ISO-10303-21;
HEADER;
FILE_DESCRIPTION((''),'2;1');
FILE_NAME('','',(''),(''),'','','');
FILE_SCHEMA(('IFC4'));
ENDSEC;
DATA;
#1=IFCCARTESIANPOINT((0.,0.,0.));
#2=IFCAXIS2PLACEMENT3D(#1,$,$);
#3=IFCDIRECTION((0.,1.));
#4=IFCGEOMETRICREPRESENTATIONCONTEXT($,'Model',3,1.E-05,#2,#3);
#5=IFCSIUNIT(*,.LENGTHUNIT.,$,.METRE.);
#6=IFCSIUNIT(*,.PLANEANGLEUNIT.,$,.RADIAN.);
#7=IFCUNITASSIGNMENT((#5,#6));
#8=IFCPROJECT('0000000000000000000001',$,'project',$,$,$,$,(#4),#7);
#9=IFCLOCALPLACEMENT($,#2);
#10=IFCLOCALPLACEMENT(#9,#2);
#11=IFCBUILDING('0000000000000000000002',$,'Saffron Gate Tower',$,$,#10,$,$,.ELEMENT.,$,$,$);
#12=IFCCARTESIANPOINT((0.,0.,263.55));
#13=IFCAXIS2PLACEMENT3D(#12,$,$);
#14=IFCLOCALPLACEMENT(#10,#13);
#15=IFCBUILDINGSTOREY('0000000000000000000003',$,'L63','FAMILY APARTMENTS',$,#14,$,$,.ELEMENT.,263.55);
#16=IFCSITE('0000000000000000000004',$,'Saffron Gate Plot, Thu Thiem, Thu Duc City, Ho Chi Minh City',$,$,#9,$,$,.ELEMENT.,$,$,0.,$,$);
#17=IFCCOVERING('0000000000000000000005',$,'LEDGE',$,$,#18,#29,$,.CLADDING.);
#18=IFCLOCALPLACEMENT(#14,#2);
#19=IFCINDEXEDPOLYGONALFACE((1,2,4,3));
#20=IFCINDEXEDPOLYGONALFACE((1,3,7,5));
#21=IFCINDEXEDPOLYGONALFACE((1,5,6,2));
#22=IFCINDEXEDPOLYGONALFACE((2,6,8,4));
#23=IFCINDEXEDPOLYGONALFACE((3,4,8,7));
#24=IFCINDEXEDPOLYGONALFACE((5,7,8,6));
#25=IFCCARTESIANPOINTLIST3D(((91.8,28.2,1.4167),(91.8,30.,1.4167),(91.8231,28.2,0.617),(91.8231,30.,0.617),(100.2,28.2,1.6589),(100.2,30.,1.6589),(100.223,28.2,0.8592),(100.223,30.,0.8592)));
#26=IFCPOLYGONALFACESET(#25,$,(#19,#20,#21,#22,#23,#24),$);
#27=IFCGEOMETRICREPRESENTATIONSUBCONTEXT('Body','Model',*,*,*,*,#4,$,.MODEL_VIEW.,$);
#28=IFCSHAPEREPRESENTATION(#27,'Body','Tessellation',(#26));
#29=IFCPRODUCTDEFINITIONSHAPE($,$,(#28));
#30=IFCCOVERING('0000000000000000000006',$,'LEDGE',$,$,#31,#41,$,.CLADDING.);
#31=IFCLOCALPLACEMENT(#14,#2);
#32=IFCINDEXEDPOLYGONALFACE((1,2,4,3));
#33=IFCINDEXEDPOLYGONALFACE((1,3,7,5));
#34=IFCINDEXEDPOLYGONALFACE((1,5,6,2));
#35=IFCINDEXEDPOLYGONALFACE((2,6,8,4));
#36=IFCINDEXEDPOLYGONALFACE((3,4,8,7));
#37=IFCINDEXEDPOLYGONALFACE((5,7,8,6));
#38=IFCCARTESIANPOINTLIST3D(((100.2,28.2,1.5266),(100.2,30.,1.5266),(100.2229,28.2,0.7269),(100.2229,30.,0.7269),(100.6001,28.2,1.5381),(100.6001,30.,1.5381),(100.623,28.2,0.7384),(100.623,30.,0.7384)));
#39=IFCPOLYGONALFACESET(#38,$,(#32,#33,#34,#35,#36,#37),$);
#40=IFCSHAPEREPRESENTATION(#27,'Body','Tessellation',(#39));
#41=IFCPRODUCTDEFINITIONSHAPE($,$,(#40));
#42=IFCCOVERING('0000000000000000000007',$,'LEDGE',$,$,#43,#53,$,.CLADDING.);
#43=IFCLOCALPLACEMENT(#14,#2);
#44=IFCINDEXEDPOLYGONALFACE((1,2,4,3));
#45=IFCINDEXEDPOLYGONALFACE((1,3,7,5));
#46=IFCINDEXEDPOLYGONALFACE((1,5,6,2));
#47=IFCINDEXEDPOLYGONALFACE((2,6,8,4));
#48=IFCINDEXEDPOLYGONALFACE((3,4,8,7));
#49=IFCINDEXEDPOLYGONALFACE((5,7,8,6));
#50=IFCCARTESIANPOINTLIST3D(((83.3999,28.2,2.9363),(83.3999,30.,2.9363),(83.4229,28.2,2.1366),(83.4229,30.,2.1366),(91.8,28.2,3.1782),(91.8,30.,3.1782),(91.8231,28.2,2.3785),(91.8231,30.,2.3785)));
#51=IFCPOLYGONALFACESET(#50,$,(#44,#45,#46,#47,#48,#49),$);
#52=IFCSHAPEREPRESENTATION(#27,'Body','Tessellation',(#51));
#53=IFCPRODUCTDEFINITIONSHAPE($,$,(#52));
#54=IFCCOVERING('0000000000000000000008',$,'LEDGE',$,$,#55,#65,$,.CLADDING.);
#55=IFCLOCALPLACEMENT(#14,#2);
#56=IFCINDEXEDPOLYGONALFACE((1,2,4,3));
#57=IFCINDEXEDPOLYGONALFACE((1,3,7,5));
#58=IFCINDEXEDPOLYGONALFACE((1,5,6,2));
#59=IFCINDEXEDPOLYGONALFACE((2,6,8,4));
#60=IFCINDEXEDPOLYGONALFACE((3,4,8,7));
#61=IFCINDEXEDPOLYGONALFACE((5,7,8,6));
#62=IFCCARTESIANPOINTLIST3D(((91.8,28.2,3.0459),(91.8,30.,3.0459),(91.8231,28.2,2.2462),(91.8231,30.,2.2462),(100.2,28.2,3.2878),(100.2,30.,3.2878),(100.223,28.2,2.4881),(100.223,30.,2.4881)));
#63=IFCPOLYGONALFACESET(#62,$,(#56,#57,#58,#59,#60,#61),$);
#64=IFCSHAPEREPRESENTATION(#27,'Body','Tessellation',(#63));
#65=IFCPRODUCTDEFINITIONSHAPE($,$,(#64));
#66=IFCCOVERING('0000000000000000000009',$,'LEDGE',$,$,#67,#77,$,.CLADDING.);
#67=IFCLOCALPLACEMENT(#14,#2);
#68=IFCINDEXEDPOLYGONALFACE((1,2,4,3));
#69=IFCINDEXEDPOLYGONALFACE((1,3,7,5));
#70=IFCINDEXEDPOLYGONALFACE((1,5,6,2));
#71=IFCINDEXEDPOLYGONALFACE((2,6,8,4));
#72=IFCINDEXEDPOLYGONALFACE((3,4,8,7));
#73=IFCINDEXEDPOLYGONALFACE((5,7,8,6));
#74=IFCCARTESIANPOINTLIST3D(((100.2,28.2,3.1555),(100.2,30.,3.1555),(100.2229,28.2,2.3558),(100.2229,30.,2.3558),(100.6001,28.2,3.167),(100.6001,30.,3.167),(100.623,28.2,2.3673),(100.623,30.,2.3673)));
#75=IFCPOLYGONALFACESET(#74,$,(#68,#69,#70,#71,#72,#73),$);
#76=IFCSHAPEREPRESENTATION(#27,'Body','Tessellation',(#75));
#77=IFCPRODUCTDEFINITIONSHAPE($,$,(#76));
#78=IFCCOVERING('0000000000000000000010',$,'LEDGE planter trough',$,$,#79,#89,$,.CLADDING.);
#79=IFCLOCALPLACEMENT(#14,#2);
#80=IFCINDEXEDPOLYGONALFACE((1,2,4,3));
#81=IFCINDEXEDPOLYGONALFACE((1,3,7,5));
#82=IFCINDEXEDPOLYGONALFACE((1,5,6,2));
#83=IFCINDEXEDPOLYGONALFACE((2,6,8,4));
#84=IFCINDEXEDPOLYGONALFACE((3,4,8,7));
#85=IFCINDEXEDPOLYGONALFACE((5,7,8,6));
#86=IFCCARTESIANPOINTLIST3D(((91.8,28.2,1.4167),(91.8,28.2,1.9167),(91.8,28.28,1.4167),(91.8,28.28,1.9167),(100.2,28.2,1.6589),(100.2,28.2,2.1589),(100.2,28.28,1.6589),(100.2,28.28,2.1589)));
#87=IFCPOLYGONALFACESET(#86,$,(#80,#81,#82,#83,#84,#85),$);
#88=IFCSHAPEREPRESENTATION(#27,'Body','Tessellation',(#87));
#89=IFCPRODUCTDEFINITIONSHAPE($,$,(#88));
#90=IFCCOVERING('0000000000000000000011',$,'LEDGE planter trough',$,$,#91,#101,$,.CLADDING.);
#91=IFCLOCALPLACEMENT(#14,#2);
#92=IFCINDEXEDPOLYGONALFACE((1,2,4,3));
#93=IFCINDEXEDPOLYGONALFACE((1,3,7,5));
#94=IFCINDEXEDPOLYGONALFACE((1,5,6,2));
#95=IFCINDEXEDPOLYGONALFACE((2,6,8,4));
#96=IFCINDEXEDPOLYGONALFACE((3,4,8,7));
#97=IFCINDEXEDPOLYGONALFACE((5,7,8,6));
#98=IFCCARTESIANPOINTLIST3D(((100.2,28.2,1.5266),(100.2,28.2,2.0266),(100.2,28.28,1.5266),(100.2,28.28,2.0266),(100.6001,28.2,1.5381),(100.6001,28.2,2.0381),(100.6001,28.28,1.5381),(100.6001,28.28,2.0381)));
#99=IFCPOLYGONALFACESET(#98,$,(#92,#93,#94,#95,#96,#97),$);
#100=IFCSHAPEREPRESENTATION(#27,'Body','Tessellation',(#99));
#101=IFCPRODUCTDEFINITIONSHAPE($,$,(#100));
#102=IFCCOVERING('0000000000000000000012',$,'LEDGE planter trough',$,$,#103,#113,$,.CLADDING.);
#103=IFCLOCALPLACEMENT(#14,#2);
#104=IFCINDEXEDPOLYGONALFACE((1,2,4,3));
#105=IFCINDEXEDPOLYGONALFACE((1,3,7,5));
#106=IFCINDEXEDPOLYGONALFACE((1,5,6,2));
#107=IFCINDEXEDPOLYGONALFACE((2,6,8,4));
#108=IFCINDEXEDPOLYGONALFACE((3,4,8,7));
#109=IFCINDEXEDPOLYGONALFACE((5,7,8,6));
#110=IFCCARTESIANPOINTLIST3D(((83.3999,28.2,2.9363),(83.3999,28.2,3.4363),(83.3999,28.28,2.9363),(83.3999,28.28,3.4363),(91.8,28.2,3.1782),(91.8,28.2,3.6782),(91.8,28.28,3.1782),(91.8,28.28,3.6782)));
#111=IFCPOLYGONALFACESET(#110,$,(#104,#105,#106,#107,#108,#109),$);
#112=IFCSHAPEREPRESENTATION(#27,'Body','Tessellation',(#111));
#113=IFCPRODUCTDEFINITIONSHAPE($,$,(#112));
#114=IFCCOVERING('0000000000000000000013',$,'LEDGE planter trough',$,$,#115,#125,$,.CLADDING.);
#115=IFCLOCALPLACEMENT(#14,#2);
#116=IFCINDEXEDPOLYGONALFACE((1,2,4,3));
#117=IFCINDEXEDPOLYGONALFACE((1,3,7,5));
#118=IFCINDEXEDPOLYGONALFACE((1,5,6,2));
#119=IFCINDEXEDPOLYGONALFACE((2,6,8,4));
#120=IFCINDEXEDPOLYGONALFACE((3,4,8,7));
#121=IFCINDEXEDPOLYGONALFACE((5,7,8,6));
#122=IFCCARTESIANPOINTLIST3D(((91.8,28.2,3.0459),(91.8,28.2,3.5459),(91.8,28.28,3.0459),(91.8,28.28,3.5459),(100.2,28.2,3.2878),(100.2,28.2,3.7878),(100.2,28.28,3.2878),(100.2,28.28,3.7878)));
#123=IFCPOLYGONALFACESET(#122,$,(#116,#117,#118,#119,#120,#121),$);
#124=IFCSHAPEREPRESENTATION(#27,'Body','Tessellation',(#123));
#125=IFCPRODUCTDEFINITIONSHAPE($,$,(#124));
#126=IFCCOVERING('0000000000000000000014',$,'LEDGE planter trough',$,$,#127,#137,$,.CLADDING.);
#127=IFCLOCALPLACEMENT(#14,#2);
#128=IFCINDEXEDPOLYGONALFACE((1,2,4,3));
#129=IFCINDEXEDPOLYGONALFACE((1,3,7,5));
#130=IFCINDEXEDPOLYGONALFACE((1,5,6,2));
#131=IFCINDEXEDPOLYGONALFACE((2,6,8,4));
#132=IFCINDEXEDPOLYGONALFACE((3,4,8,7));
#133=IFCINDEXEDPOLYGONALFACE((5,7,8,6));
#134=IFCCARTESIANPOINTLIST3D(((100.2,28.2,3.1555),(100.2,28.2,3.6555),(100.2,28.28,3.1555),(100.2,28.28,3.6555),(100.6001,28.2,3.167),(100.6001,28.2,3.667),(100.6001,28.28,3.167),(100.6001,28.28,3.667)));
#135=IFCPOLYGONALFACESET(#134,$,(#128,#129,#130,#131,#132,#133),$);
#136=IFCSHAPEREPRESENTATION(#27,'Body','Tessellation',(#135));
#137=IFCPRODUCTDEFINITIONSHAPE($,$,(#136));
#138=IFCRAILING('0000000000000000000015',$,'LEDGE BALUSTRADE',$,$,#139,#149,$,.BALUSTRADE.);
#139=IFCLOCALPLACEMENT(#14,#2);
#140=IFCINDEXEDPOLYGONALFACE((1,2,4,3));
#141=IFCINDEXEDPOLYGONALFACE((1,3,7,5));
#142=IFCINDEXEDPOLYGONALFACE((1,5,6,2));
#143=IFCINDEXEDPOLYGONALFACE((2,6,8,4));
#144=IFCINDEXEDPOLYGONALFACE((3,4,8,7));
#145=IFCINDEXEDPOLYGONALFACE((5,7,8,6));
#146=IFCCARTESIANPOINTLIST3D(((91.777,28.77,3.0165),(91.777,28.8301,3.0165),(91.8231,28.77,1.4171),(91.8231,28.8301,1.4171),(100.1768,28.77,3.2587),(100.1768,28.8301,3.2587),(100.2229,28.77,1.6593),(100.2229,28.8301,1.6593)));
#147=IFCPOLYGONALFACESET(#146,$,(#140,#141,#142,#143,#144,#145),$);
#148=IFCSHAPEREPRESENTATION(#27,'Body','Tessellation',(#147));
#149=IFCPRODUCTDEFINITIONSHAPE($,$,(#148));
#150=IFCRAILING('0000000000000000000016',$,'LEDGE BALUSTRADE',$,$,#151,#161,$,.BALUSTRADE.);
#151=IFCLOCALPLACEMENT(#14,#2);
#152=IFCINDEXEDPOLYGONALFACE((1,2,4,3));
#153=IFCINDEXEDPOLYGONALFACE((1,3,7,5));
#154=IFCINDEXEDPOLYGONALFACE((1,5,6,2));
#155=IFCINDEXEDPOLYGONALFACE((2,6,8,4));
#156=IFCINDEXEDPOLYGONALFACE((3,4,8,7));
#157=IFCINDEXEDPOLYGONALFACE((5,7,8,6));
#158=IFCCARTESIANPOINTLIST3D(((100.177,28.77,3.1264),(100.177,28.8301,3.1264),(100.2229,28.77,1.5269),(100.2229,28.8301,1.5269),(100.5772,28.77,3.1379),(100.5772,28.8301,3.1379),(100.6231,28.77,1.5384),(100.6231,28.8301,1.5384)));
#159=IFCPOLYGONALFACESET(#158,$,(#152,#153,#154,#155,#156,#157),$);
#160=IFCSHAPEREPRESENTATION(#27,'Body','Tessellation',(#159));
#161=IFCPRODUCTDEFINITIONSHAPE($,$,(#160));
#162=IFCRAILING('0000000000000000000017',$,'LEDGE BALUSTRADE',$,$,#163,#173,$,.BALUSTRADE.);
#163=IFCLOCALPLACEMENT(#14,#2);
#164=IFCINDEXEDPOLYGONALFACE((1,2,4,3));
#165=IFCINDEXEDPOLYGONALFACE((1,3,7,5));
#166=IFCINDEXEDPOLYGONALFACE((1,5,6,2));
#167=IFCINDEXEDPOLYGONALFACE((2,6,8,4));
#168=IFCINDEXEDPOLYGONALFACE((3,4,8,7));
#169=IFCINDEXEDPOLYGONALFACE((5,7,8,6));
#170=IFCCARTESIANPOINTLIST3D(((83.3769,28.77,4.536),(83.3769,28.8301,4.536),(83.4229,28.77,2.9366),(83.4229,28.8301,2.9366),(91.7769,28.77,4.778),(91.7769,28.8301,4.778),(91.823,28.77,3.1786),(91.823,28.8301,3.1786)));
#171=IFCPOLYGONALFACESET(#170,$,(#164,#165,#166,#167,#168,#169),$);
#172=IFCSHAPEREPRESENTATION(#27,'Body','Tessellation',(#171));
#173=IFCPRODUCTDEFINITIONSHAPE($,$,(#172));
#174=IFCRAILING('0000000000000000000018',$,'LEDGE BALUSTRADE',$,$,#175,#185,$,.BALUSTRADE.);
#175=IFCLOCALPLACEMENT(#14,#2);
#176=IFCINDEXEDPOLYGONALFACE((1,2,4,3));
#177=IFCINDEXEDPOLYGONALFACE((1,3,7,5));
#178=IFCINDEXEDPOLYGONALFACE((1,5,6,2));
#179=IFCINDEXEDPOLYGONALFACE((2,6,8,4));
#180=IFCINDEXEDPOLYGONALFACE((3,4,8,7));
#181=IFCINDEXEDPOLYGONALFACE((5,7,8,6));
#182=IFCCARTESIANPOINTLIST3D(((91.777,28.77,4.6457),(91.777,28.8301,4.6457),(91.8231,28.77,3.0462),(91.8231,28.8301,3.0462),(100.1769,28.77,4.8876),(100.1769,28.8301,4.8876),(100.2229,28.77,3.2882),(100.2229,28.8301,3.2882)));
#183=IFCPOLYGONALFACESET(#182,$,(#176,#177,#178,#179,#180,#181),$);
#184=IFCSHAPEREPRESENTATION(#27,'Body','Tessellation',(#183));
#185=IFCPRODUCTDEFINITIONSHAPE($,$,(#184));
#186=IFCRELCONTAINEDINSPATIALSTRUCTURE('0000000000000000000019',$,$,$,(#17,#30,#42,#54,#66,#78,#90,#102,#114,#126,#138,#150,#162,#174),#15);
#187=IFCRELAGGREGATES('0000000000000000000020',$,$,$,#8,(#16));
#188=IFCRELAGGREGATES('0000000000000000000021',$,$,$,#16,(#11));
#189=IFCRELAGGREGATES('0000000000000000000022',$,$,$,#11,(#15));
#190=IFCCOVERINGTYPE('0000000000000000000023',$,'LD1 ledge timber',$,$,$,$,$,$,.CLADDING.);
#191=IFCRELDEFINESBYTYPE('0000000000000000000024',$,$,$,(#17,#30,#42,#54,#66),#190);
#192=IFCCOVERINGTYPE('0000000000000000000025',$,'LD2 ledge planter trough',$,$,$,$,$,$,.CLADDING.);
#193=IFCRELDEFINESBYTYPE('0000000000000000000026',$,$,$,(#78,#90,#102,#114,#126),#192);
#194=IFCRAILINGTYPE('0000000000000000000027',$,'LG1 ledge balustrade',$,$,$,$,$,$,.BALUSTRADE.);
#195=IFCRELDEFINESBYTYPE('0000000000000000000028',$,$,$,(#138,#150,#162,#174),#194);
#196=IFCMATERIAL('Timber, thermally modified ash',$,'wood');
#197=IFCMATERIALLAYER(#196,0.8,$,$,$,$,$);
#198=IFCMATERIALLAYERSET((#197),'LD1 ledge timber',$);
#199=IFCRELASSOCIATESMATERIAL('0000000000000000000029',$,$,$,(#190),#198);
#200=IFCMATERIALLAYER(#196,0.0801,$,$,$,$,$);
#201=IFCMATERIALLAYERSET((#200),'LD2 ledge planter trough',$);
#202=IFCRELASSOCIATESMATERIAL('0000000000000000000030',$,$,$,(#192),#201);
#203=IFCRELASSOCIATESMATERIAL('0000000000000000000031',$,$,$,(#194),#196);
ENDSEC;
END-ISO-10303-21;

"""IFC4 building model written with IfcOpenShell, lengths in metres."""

from ifc_helpers import new_model, si_unit, direction, frame, origin, origin_2d, place, context, subcontext, project, spatial, polyline, rectangle, outline, extrude, material, layer, layer_set, type_object, element, save


model = new_model("IFC4")

# Units and contexts
model_context = context("Model", 3, precision=1e-05, world=origin(), true_north=direction((0.0, 1.0)))
body_context = subcontext(model_context, "Body", "Model", "MODEL_VIEW")
ifc_project = project(units=[si_unit("LENGTHUNIT", "METRE"), si_unit("PLANEANGLEUNIT", "RADIAN")], contexts=[model_context])

# Site, building, storey
site_placement = place(None, origin())
site = spatial("IfcSite", under=ifc_project, at=site_placement, Name="Saffron Gate Plot, Thu Thiem, Thu Duc City, Ho Chi Minh City", CompositionType="ELEMENT", RefElevation=0.0)
building_placement = place(site_placement, origin())
building = spatial("IfcBuilding", under=site, at=building_placement, Name="Saffron Gate Tower", CompositionType="ELEMENT")
storey_placement = place(building_placement, frame((0.0, 0.0, 263.55)))
storey = spatial("IfcBuildingStorey", under=building, at=storey_placement, Name="L63", Description="FAMILY APARTMENTS", CompositionType="ELEMENT", Elevation=263.55)

# Coverings
ifc_material = material(Name="Timber, thermally modified ash", Category="wood")
ifc_layer_1 = layer(ifc_material, 0.8)
ifc_layer_set_1 = layer_set([ifc_layer_1], Name="LD1 ledge timber")
covering_type_1 = type_object("IfcCoveringType", Name="LD1 ledge timber", PredefinedType="CLADDING", material=ifc_layer_set_1)
covering_1_placement = place(storey_placement, frame((91.8, 30.0, 1.4167), z_axis=(-0.02882, 0.0, 0.999585), x_axis=(0.999585, 0.0, 0.02882)))
element("IfcCovering", 1, at=covering_1_placement, inside=storey, type_object=covering_type_1, Name="LEDGE", PredefinedType="CLADDING", context=body_context, shape_type="SweptSolid", body=[
    extrude(outline(polyline([(0.0, 0.0), (8.4034, 0.0), (8.4034, -1.8), (0.0, -1.8), (0.0, 0.0)])), origin(), (0.0, 0.0, -1.0), 0.8),
])
covering_2_placement = place(storey_placement, frame((100.2, 30.0, 1.5266), z_axis=(-0.028664, 0.0, 0.999589), x_axis=(0.999589, 0.0, 0.028664)))
element("IfcCovering", 2, at=covering_2_placement, inside=storey, type_object=covering_type_1, Name="LEDGE", PredefinedType="CLADDING", context=body_context, shape_type="SweptSolid", body=[
    extrude(outline(polyline([(0.0, 0.0), (0.4003, 0.0), (0.4003, -1.8), (0.0, -1.8), (0.0, 0.0)])), origin(), (0.0, 0.0, -1.0), 0.8),
])
covering_3_placement = place(storey_placement, frame((83.3999, 30.0, 2.9363), z_axis=(-0.02879, 0.0, 0.999585), x_axis=(0.999585, 0.0, 0.02879)))
element("IfcCovering", 3, at=covering_3_placement, inside=storey, type_object=covering_type_1, Name="LEDGE", PredefinedType="CLADDING", context=body_context, shape_type="SweptSolid", body=[
    extrude(outline(polyline([(0.0, 0.0), (8.4036, 0.0), (8.4036, -1.8), (0.0, -1.8), (0.0, 0.0)])), origin(), (0.0, 0.0, -1.0), 0.8),
])
covering_4_placement = place(storey_placement, frame((91.8, 30.0, 3.0459), z_axis=(-0.028791, 0.0, 0.999585), x_axis=(0.999585, 0.0, 0.028791)))
element("IfcCovering", 4, at=covering_4_placement, inside=storey, type_object=covering_type_1, Name="LEDGE", PredefinedType="CLADDING", context=body_context, shape_type="SweptSolid", body=[
    extrude(outline(polyline([(0.0, 0.0), (8.4034, 0.0), (8.4034, -1.8), (0.0, -1.8), (0.0, 0.0)])), origin(), (0.0, 0.0, -1.0), 0.8),
])
covering_5_placement = place(storey_placement, frame((100.2, 30.0, 3.1555), z_axis=(-0.028664, 0.0, 0.999589), x_axis=(0.999589, 0.0, 0.028664)))
element("IfcCovering", 5, at=covering_5_placement, inside=storey, type_object=covering_type_1, Name="LEDGE", PredefinedType="CLADDING", context=body_context, shape_type="SweptSolid", body=[
    extrude(outline(polyline([(0.0, 0.0), (0.4003, 0.0), (0.4003, -1.8), (0.0, -1.8), (0.0, 0.0)])), origin(), (0.0, 0.0, -1.0), 0.8),
])
ifc_layer_2 = layer(ifc_material, 0.0801)
ifc_layer_set_2 = layer_set([ifc_layer_2], Name="LD2 ledge planter trough")
covering_type_2 = type_object("IfcCoveringType", Name="LD2 ledge planter trough", PredefinedType="CLADDING", material=ifc_layer_set_2)
covering_6_placement = place(storey_placement, frame((91.8, 28.2, 1.4167), z_axis=(0.0, -1.0, 0.0), x_axis=(0.999585, 0.0, 0.02882)))
element("IfcCovering", 6, at=covering_6_placement, inside=storey, type_object=covering_type_2, Name="LEDGE planter trough", PredefinedType="CLADDING", context=body_context, shape_type="SweptSolid", body=[
    extrude(outline(polyline([(0.0, 0.0), (8.4034, 0.0), (8.4178, 0.4998), (0.0144, 0.4998), (0.0, 0.0)])), origin(), (0.0, 0.0, -1.0), 0.0801),
])
covering_7_placement = place(storey_placement, frame((100.2, 28.2, 1.5266), z_axis=(0.0, -1.0, 0.0), x_axis=(0.999589, 0.0, 0.028664)))
element("IfcCovering", 7, at=covering_7_placement, inside=storey, type_object=covering_type_2, Name="LEDGE planter trough", PredefinedType="CLADDING", context=body_context, shape_type="SweptSolid", body=[
    extrude(outline(polyline([(0.0, 0.0), (0.4003, 0.0), (0.4146, 0.4998), (0.0143, 0.4998), (0.0, 0.0)])), origin(), (0.0, 0.0, -1.0), 0.0801),
])
covering_8_placement = place(storey_placement, frame((83.3999, 28.2, 2.9363), z_axis=(0.0, -1.0, 0.0), x_axis=(0.999585, 0.0, 0.02879)))
element("IfcCovering", 8, at=covering_8_placement, inside=storey, type_object=covering_type_2, Name="LEDGE planter trough", PredefinedType="CLADDING", context=body_context, shape_type="SweptSolid", body=[
    extrude(outline(polyline([(0.0, 0.0), (8.4036, 0.0), (8.418, 0.4998), (0.0144, 0.4998), (0.0, 0.0)])), origin(), (0.0, 0.0, -1.0), 0.0801),
])
covering_9_placement = place(storey_placement, frame((91.8, 28.2, 3.0459), z_axis=(0.0, -1.0, 0.0), x_axis=(0.999585, 0.0, 0.028791)))
element("IfcCovering", 9, at=covering_9_placement, inside=storey, type_object=covering_type_2, Name="LEDGE planter trough", PredefinedType="CLADDING", context=body_context, shape_type="SweptSolid", body=[
    extrude(outline(polyline([(0.0, 0.0), (8.4034, 0.0), (8.4178, 0.4998), (0.0144, 0.4998), (0.0, 0.0)])), origin(), (0.0, 0.0, -1.0), 0.0801),
])
covering_10_placement = place(storey_placement, frame((100.2, 28.2, 3.1555), z_axis=(0.0, -1.0, 0.0), x_axis=(0.999589, 0.0, 0.028664)))
element("IfcCovering", 10, at=covering_10_placement, inside=storey, type_object=covering_type_2, Name="LEDGE planter trough", PredefinedType="CLADDING", context=body_context, shape_type="SweptSolid", body=[
    extrude(outline(polyline([(0.0, 0.0), (0.4003, 0.0), (0.4146, 0.4998), (0.0143, 0.4998), (0.0, 0.0)])), origin(), (0.0, 0.0, -1.0), 0.0801),
])

# Railings
railing_type = type_object("IfcRailingType", Name="LG1 ledge balustrade", PredefinedType="BALUSTRADE", material=ifc_material)
railing_1_placement = place(storey_placement, frame((91.8, 28.8, 1.4167)))
element("IfcRailing", 11, at=railing_1_placement, inside=storey, type_object=railing_type, Name="LEDGE BALUSTRADE", PredefinedType="BALUSTRADE", context=body_context, shape_type="SweptSolid", body=[
    extrude(rectangle(XDim=0.0601, YDim=1.6001, at=origin_2d()), frame((0.0, 0.0, 0.8), z_axis=(0.999585, 0.0, 0.02882), x_axis=(0.0, 1.0, 0.0)), (0.0, 0.0, 1.0), 8.4033),
])
railing_2_placement = place(storey_placement, frame((100.2, 28.8, 1.5266)))
element("IfcRailing", 12, at=railing_2_placement, inside=storey, type_object=railing_type, Name="LEDGE BALUSTRADE", PredefinedType="BALUSTRADE", context=body_context, shape_type="SweptSolid", body=[
    extrude(rectangle(XDim=0.0601, YDim=1.6001, at=origin_2d()), frame((0.0, 0.0, 0.8), z_axis=(0.999589, 0.0, 0.028664), x_axis=(0.0, 1.0, 0.0)), (0.0, 0.0, 1.0), 0.4004),
])
railing_3_placement = place(storey_placement, frame((83.3999, 28.8, 2.9363)))
element("IfcRailing", 13, at=railing_3_placement, inside=storey, type_object=railing_type, Name="LEDGE BALUSTRADE", PredefinedType="BALUSTRADE", context=body_context, shape_type="SweptSolid", body=[
    extrude(rectangle(XDim=0.0601, YDim=1.6001, at=origin_2d()), frame((0.0, 0.0, 0.8), z_axis=(0.999585, 0.0, 0.02879), x_axis=(0.0, 1.0, 0.0)), (0.0, 0.0, 1.0), 8.4036),
])
railing_4_placement = place(storey_placement, frame((91.8, 28.8, 3.0459)))
element("IfcRailing", 14, at=railing_4_placement, inside=storey, type_object=railing_type, Name="LEDGE BALUSTRADE", PredefinedType="BALUSTRADE", context=body_context, shape_type="SweptSolid", body=[
    extrude(rectangle(XDim=0.0601, YDim=1.6001, at=origin_2d()), frame((0.0, 0.0, 0.8), z_axis=(0.999585, 0.0, 0.028791), x_axis=(0.0, 1.0, 0.0)), (0.0, 0.0, 1.0), 8.4033),
])

save(model, "model.ifc")
